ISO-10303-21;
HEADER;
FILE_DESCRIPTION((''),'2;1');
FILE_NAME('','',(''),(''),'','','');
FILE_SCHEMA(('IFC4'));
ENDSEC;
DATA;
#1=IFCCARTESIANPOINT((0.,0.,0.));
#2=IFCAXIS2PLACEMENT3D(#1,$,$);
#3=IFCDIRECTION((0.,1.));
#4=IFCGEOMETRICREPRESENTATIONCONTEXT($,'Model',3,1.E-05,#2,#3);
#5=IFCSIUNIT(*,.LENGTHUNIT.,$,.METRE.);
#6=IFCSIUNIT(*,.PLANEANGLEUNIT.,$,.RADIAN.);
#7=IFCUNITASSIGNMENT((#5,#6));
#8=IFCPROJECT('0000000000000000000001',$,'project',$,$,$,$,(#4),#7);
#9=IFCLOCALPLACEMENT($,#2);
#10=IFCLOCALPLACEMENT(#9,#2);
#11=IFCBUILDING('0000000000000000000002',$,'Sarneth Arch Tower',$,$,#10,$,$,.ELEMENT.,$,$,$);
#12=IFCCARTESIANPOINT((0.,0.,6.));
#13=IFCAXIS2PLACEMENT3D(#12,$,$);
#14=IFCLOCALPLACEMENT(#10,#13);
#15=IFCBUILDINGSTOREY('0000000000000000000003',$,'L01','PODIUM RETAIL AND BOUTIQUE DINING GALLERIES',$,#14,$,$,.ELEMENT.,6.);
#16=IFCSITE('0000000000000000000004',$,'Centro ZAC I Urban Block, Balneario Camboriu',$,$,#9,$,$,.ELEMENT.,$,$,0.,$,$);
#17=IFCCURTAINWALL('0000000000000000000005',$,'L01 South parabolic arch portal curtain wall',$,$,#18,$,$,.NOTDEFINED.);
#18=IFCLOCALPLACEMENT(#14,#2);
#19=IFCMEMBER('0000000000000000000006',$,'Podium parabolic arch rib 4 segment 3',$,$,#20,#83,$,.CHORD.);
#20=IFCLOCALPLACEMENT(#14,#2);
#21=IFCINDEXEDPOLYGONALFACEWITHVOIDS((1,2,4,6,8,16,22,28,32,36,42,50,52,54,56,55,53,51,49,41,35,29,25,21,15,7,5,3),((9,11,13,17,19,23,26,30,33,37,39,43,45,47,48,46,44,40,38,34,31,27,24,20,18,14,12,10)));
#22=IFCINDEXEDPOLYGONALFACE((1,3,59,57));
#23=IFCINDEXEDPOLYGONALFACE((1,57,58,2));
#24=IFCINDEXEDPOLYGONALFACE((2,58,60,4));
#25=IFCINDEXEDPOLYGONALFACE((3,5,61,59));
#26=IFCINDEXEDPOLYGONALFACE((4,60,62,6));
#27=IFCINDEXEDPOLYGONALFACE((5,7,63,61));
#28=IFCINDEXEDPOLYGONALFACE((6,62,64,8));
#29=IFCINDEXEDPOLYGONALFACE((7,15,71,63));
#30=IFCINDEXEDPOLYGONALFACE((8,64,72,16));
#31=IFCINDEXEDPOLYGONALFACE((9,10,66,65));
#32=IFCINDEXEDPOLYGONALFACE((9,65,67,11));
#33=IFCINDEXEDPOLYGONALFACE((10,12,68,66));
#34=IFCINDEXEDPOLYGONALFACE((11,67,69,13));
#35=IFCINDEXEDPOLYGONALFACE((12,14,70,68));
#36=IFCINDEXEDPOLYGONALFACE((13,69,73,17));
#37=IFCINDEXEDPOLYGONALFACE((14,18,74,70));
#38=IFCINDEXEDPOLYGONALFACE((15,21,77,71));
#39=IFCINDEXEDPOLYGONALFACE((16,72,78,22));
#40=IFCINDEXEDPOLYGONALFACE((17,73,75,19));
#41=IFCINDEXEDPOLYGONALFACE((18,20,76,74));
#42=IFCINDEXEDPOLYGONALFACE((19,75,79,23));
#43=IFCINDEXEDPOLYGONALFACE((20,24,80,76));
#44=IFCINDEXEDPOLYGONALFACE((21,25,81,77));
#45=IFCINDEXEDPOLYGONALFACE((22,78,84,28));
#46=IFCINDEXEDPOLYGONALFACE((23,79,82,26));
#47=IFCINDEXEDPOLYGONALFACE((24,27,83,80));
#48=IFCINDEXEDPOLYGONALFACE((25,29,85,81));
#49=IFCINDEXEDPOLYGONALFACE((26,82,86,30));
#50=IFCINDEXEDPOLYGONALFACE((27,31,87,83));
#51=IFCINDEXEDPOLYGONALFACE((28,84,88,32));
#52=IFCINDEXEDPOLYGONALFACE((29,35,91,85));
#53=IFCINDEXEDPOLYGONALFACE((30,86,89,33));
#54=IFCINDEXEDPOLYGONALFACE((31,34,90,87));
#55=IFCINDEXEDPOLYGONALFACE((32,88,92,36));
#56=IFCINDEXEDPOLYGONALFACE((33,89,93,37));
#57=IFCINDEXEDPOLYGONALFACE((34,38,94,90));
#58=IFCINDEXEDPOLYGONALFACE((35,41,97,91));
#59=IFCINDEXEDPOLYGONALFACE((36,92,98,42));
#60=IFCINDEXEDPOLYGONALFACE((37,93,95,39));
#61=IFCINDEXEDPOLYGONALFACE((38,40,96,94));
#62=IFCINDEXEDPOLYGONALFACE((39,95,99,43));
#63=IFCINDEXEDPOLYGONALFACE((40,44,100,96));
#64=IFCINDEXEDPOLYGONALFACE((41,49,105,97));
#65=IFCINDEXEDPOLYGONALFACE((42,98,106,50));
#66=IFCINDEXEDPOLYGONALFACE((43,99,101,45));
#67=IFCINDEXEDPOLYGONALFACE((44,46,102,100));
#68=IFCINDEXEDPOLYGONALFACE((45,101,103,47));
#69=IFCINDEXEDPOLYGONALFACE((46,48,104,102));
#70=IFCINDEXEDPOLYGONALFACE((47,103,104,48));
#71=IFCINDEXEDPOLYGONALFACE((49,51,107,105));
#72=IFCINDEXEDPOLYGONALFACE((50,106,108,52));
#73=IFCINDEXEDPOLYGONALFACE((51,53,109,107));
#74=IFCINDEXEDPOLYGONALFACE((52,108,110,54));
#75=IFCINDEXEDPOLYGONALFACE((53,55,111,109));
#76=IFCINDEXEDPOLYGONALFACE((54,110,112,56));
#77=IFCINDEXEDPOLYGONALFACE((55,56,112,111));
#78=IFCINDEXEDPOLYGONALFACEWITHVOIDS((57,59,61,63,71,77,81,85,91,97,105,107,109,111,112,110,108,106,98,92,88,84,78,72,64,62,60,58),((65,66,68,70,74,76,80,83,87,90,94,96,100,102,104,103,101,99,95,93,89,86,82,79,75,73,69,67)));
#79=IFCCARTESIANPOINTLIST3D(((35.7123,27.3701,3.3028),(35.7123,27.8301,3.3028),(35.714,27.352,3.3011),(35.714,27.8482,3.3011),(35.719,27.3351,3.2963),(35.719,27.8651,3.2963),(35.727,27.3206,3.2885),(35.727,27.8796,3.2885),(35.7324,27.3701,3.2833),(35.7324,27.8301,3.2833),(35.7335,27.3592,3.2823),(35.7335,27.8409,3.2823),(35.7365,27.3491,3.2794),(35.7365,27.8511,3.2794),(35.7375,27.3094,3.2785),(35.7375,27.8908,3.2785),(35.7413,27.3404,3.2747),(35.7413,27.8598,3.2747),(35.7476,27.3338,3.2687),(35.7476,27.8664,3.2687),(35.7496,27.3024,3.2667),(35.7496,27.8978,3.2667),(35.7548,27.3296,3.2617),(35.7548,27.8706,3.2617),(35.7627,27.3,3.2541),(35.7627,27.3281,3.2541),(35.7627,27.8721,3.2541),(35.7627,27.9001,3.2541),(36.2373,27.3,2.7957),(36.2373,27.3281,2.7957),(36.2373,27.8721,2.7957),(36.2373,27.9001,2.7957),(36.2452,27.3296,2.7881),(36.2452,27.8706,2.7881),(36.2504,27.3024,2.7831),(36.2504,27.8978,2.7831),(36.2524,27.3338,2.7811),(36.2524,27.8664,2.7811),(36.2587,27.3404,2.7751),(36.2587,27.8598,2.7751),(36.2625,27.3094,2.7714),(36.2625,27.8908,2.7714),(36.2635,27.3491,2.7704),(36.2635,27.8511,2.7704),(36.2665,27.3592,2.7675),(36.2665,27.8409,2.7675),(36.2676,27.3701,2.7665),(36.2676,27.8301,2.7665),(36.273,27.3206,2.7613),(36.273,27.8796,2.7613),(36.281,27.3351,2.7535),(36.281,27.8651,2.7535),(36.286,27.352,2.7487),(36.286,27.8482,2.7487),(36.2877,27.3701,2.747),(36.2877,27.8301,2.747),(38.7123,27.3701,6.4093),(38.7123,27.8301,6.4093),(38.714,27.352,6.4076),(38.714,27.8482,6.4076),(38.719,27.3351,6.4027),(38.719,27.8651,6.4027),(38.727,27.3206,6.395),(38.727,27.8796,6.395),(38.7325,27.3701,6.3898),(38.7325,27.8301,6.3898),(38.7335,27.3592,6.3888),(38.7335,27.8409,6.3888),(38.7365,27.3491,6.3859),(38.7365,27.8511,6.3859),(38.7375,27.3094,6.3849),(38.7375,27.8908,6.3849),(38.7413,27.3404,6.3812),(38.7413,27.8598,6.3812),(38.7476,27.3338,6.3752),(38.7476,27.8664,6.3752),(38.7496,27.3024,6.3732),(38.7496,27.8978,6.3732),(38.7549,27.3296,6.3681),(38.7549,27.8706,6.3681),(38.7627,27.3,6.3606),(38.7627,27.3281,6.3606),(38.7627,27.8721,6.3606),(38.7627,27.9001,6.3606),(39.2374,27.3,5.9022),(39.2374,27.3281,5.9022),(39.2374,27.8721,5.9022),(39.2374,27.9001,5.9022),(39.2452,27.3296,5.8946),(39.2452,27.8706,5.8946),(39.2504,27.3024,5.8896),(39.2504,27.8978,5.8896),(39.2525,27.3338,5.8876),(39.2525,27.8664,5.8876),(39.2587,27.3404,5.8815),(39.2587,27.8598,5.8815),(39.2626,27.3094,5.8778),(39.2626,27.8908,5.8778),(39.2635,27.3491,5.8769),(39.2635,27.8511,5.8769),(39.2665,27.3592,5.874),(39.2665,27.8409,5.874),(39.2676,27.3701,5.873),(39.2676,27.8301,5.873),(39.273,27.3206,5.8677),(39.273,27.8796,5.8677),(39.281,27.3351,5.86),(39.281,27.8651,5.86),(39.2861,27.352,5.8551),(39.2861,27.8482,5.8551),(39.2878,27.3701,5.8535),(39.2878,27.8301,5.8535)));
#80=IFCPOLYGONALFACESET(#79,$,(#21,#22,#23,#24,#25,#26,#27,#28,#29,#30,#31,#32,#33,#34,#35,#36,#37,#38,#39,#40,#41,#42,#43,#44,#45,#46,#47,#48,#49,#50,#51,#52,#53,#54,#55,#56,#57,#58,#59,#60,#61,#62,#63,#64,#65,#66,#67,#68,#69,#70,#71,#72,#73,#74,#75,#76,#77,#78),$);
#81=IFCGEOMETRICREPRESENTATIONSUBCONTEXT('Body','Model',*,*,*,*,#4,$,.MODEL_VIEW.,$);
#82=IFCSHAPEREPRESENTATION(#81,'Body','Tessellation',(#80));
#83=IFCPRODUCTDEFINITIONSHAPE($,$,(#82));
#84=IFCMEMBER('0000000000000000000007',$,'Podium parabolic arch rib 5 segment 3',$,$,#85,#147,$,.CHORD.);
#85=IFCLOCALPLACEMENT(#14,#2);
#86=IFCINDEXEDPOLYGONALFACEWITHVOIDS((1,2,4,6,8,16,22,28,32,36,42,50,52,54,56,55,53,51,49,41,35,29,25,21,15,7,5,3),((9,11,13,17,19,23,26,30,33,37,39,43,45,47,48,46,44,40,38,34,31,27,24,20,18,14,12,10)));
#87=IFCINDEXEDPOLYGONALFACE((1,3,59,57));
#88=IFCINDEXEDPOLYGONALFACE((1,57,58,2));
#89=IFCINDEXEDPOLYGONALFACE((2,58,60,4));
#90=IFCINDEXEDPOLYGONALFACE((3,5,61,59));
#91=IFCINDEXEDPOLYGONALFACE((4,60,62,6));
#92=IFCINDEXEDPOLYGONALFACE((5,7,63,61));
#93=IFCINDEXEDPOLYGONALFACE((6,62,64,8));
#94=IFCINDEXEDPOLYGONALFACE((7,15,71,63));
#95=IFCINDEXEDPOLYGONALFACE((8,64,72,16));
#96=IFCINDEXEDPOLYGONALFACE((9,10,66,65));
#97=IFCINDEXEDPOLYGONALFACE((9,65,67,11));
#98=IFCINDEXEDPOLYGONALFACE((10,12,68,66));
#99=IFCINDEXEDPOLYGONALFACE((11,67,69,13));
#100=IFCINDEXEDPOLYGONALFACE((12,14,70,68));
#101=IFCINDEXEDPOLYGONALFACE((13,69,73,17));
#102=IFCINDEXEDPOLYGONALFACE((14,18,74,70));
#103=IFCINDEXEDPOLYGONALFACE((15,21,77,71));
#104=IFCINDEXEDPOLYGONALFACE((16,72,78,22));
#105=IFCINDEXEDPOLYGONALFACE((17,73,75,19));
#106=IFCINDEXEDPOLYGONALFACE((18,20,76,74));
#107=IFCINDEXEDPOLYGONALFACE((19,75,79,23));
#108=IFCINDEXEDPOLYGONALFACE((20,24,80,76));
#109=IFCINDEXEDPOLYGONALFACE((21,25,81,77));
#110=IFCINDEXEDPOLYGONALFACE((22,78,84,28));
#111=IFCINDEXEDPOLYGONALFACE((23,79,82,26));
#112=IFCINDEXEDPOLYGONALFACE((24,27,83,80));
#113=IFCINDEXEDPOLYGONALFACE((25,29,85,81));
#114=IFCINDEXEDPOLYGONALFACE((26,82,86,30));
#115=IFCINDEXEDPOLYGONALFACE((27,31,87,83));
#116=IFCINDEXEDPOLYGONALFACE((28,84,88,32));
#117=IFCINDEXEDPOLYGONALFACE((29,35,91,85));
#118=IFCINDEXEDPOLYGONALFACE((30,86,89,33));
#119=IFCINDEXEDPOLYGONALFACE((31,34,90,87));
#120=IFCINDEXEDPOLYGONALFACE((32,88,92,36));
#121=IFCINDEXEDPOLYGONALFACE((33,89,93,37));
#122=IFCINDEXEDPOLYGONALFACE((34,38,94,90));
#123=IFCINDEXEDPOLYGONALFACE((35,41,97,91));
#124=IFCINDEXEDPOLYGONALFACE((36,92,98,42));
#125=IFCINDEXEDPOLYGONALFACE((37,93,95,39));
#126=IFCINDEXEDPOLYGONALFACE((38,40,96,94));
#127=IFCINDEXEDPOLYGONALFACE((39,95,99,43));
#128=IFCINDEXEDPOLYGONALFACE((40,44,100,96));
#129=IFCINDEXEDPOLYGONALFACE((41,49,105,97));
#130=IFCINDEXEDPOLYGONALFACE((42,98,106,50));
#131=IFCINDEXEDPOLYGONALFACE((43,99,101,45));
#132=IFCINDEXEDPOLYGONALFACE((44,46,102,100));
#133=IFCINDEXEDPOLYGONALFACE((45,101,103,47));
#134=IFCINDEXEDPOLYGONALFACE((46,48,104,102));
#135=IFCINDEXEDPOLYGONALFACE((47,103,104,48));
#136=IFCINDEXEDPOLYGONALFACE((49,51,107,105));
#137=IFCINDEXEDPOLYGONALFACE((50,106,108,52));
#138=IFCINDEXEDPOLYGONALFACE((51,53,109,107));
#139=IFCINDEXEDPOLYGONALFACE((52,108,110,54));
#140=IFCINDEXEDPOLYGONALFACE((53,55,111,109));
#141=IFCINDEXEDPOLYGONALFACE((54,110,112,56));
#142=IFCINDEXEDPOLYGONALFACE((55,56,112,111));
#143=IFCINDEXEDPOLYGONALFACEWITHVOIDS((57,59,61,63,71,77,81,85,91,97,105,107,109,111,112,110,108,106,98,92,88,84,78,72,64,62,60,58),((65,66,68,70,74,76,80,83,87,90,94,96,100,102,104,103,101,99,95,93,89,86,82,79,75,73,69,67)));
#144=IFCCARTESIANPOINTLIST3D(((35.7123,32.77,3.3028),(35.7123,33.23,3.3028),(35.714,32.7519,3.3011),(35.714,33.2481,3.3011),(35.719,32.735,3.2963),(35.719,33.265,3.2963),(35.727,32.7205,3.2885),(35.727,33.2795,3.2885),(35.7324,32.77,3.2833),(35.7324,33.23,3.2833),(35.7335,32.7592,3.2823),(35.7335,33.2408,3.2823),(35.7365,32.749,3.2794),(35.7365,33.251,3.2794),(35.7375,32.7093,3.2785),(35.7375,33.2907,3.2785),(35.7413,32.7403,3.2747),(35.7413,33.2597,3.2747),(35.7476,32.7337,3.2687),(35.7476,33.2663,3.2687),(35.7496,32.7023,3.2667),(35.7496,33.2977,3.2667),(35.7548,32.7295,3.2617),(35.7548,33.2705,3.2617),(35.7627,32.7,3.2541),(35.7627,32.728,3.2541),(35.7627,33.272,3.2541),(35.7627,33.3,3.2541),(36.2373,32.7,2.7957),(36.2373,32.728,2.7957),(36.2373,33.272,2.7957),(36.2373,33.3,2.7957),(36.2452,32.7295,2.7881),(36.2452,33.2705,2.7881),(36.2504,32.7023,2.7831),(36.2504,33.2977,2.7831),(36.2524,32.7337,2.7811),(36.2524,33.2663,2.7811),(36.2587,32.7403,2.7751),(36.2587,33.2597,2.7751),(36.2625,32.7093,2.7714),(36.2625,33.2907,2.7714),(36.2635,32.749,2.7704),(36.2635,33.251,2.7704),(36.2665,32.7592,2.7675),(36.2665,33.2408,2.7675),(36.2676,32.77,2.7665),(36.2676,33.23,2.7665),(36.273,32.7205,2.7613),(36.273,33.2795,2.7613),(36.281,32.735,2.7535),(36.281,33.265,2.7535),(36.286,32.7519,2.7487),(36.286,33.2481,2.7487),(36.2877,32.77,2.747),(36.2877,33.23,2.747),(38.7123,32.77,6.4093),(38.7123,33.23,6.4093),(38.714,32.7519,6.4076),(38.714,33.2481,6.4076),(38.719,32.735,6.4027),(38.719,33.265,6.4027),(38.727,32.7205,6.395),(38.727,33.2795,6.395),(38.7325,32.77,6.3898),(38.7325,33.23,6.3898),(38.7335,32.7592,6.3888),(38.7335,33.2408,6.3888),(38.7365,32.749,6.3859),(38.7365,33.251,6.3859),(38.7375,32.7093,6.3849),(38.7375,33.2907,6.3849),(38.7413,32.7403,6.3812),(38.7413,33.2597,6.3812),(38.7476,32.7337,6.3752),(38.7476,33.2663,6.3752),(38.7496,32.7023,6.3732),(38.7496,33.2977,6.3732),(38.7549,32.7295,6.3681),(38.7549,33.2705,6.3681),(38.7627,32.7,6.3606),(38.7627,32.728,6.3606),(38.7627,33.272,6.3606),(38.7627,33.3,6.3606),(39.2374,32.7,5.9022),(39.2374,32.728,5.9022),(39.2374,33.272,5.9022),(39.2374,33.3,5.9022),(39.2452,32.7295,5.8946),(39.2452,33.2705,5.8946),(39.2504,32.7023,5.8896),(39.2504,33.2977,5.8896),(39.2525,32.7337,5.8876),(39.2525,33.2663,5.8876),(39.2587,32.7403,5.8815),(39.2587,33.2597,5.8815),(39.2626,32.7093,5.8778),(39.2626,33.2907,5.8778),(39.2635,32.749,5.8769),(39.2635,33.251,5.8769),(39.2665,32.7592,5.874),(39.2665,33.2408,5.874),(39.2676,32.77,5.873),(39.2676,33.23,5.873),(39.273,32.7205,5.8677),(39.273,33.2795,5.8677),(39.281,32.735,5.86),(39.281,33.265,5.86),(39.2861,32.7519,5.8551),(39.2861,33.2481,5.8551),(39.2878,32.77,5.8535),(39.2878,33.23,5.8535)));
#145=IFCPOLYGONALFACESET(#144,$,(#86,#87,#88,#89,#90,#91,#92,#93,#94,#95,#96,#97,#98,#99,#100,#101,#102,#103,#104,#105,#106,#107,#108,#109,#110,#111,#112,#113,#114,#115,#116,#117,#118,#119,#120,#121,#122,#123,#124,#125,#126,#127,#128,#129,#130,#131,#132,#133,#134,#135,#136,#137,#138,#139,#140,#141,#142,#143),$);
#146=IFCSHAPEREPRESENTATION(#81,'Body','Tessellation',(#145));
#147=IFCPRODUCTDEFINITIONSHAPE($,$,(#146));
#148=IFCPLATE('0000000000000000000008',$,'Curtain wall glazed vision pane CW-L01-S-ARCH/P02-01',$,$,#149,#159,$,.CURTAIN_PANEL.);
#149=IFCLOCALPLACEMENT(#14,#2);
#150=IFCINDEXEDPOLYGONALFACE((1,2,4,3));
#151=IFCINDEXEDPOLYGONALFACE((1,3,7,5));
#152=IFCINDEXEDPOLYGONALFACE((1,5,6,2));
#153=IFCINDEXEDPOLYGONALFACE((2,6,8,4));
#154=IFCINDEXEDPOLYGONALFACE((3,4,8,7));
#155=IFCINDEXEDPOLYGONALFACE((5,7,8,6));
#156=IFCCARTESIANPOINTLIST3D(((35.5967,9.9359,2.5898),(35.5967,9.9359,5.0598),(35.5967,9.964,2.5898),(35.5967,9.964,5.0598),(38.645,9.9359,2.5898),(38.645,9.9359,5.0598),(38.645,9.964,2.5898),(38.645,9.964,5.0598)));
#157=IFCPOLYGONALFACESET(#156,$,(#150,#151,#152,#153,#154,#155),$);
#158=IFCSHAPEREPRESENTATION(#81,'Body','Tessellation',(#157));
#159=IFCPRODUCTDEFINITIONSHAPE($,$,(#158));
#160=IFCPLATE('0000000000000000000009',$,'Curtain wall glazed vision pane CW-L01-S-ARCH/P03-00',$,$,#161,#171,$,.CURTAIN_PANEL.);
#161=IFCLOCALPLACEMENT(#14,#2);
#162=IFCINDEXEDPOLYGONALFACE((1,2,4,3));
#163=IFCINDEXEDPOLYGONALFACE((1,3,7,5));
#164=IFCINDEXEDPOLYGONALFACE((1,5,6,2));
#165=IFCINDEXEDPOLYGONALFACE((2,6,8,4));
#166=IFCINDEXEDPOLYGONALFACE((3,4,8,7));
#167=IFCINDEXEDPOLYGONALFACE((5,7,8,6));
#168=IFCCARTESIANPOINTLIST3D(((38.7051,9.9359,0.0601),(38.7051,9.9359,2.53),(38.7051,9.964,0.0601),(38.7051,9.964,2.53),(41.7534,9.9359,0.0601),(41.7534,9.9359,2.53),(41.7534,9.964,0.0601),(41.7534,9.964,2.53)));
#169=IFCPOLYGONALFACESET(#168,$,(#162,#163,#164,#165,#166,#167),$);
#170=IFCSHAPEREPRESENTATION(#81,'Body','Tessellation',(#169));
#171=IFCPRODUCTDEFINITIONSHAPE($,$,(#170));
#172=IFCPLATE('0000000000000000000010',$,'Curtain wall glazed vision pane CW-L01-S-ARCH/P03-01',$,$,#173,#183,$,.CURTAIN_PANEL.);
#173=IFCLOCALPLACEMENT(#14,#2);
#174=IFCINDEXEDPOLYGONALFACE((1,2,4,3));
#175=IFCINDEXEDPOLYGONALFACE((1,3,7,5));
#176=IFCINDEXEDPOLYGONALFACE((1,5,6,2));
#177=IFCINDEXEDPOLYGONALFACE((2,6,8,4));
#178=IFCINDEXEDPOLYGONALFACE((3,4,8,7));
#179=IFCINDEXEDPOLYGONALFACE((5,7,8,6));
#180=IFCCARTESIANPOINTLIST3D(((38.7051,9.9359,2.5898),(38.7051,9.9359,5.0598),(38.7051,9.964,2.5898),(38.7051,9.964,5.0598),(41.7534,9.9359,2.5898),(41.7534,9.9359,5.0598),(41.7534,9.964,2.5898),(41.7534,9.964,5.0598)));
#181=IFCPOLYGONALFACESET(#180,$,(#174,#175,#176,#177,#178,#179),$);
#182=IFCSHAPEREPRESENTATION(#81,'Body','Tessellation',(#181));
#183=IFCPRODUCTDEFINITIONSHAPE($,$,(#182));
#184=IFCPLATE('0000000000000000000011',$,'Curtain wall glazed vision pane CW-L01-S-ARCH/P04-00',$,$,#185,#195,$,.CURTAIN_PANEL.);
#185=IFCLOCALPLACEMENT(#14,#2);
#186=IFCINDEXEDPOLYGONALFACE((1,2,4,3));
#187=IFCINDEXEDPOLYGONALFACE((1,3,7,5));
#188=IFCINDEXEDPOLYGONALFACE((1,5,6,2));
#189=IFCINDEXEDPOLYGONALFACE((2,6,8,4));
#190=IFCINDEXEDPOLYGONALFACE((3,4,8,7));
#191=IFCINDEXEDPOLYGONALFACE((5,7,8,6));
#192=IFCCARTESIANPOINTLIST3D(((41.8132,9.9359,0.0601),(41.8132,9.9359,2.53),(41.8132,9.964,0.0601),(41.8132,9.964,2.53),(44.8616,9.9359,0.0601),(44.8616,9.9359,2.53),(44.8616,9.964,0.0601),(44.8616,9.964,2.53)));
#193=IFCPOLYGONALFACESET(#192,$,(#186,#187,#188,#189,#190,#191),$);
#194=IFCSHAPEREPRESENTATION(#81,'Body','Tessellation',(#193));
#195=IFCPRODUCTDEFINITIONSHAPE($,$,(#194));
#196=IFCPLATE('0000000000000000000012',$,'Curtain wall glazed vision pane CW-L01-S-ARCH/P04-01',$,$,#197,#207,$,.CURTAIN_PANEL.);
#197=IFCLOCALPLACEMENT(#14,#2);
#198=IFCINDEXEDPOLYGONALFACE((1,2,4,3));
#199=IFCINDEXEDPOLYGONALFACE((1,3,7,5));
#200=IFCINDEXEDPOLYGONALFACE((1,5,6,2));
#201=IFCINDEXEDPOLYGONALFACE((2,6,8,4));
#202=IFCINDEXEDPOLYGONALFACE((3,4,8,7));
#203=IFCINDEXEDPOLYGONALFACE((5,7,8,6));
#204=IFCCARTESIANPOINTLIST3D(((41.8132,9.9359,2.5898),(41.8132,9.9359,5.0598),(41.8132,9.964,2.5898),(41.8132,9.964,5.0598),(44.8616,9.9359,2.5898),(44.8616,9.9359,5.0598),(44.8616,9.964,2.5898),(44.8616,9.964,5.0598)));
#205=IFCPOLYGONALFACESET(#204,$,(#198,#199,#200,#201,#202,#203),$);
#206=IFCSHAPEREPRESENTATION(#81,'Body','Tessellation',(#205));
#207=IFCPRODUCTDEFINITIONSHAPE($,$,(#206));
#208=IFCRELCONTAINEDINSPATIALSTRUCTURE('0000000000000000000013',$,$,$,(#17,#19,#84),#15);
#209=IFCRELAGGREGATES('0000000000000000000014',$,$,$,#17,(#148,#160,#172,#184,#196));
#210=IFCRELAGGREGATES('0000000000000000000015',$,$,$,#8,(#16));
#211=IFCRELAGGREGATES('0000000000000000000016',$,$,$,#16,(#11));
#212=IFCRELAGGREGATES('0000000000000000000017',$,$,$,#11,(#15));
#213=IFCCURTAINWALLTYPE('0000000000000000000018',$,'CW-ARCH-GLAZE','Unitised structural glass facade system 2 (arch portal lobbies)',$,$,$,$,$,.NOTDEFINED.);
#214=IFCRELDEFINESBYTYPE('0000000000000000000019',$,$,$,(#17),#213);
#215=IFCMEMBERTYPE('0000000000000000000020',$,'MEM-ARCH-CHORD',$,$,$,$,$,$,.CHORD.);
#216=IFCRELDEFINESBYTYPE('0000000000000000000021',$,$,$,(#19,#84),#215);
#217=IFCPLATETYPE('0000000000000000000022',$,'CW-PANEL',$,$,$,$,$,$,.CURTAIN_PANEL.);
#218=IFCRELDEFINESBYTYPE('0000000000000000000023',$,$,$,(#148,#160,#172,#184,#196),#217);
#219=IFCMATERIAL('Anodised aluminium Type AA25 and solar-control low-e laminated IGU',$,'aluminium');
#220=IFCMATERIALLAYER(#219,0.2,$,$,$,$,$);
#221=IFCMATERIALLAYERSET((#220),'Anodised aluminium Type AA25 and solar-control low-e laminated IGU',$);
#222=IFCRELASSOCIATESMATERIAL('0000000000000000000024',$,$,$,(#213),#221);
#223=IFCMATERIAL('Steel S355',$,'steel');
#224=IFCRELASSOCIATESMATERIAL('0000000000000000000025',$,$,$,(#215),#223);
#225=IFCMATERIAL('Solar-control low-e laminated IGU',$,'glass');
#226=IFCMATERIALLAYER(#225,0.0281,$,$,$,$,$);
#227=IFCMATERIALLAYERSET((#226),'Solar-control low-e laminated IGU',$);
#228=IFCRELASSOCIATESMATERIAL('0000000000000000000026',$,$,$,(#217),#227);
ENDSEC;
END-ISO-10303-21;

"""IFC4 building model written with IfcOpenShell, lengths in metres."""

from ifc_helpers import new_model, si_unit, direction, frame, origin, origin_2d, place, context, subcontext, project, spatial, rectangle, hollow_rectangle, extrude, material, layer, layer_set, material_profile, profile_set, type_object, element, aggregate, save


model = new_model("IFC4")

# Units and contexts
model_context = context("Model", 3, precision=1e-05, world=origin(), true_north=direction((0.0, 1.0)))
body_context = subcontext(model_context, "Body", "Model", "MODEL_VIEW")
ifc_project = project(units=[si_unit("LENGTHUNIT", "METRE"), si_unit("PLANEANGLEUNIT", "RADIAN")], contexts=[model_context])

# Site, building, storey
site_placement = place(None, origin())
site = spatial("IfcSite", under=ifc_project, at=site_placement, Name="Centro ZAC I Urban Block, Balneario Camboriu", CompositionType="ELEMENT", RefElevation=0.0)
building_placement = place(site_placement, origin())
building = spatial("IfcBuilding", under=site, at=building_placement, Name="Sarneth Arch Tower", CompositionType="ELEMENT")
storey_placement = place(building_placement, frame((0.0, 0.0, 6.0)))
storey = spatial("IfcBuildingStorey", under=building, at=storey_placement, Name="L01", Description="PODIUM RETAIL AND BOUTIQUE DINING GALLERIES", CompositionType="ELEMENT", Elevation=6.0)

# Curtain wall
ifc_material_1 = material(Name="Anodised aluminium Type AA25 and solar-control low-e laminated IGU", Category="aluminium")
ifc_layer_1 = layer(ifc_material_1, 0.2)
ifc_layer_set_1 = layer_set([ifc_layer_1], Name="Anodised aluminium Type AA25 and solar-control low-e laminated IGU")
curtain_wall_type = type_object("IfcCurtainWallType", Name="CW-ARCH-GLAZE", Description="Unitised structural glass facade system 2 (arch portal lobbies)", PredefinedType="NOTDEFINED", material=ifc_layer_set_1)
curtain_wall_placement = place(storey_placement, origin())
curtain_wall = element("IfcCurtainWall", 1, at=curtain_wall_placement, inside=storey, type_object=curtain_wall_type, Name="L01 South parabolic arch portal curtain wall", PredefinedType="NOTDEFINED")

# Members
ifc_material_2 = material(Name="Steel S355", Category="steel")
ifc_material_profile_1 = material_profile(ifc_material_2, hollow_rectangle(XDim=0.6001, YDim=0.8, WallThickness=0.0281, InnerFilletRadius=0.042, OuterFilletRadius=0.0701, at=origin_2d()), Name="RHS800x600x28")
ifc_profile_set_1 = profile_set([ifc_material_profile_1], Name="Steel S355")
member_type_1 = type_object("IfcMemberType", Name="MEM-ARCH-CHORD", PredefinedType="CHORD", material=ifc_profile_set_1)
for number, where, z_axis, x_axis, name in (
    (2, (36.0, 27.6001, 3.0249), (0.694675, 0.0, 0.719324), (0.0, 1.0, 0.0), "Podium parabolic arch rib 4 segment 3"),
    (3, (36.0, 33.0, 3.0249), (0.694675, 0.0, 0.719324), (0.0, 1.0, 0.0), "Podium parabolic arch rib 5 segment 3"),
):
    element("IfcMember", number, at=place(storey_placement, frame(where, z_axis=z_axis, x_axis=x_axis)), inside=storey, type_object=member_type_1, Name=name, PredefinedType="CHORD", context=body_context, shape_type="SweptSolid", body=[
        extrude(hollow_rectangle(XDim=0.6001, YDim=0.8, WallThickness=0.0281, InnerFilletRadius=0.042, OuterFilletRadius=0.0701, at=origin_2d()), origin(), (0.0, 0.0, 1.0), 4.3186),
    ])

# Plates
ifc_material_3 = material(Name="Solar-control low-e laminated IGU", Category="glass")
ifc_layer_2 = layer(ifc_material_3, 0.0281)
ifc_layer_set_2 = layer_set([ifc_layer_2], Name="Solar-control low-e laminated IGU")
plate_type_1 = type_object("IfcPlateType", Name="CW-PANEL", PredefinedType="CURTAIN_PANEL", material=ifc_layer_set_2)
plate_1_placement = place(storey_placement, frame((37.1208, 9.95, 2.5898), z_axis=(0.0, 0.0, 1.0), x_axis=(1.0, 0.0, 0.0)))
plate_1 = element("IfcPlate", 4, at=plate_1_placement, type_object=plate_type_1, Name="Curtain wall glazed vision pane CW-L01-S-ARCH/P02-01", PredefinedType="CURTAIN_PANEL", context=body_context, shape_type="SweptSolid", body=[
    extrude(rectangle(XDim=3.0483, YDim=0.0281, at=origin_2d()), origin(), (0.0, 0.0, 1.0), 2.47),
])
plate_2_placement = place(storey_placement, frame((40.2292, 9.95, 0.0601), z_axis=(0.0, 0.0, 1.0), x_axis=(1.0, 0.0, 0.0)))
plate_2 = element("IfcPlate", 5, at=plate_2_placement, type_object=plate_type_1, Name="Curtain wall glazed vision pane CW-L01-S-ARCH/P03-00", PredefinedType="CURTAIN_PANEL", context=body_context, shape_type="SweptSolid", body=[
    extrude(rectangle(XDim=3.0483, YDim=0.0281, at=origin_2d()), origin(), (0.0, 0.0, 1.0), 2.47),
])
plate_3_placement = place(storey_placement, frame((40.2292, 9.95, 2.5898), z_axis=(0.0, 0.0, 1.0), x_axis=(1.0, 0.0, 0.0)))
plate_3 = element("IfcPlate", 6, at=plate_3_placement, type_object=plate_type_1, Name="Curtain wall glazed vision pane CW-L01-S-ARCH/P03-01", PredefinedType="CURTAIN_PANEL", context=body_context, shape_type="SweptSolid", body=[
    extrude(rectangle(XDim=3.0483, YDim=0.0281, at=origin_2d()), origin(), (0.0, 0.0, 1.0), 2.47),
])
plate_4_placement = place(storey_placement, frame((43.3374, 9.95, 0.0601), z_axis=(0.0, 0.0, 1.0), x_axis=(1.0, 0.0, 0.0)))
plate_4 = element("IfcPlate", 7, at=plate_4_placement, type_object=plate_type_1, Name="Curtain wall glazed vision pane CW-L01-S-ARCH/P04-00", PredefinedType="CURTAIN_PANEL", context=body_context, shape_type="SweptSolid", body=[
    extrude(rectangle(XDim=3.0483, YDim=0.0281, at=origin_2d()), origin(), (0.0, 0.0, 1.0), 2.47),
])
plate_5_placement = place(storey_placement, frame((43.3374, 9.95, 2.5898), z_axis=(0.0, 0.0, 1.0), x_axis=(1.0, 0.0, 0.0)))
plate_5 = element("IfcPlate", 8, at=plate_5_placement, type_object=plate_type_1, Name="Curtain wall glazed vision pane CW-L01-S-ARCH/P04-01", PredefinedType="CURTAIN_PANEL", context=body_context, shape_type="SweptSolid", body=[
    extrude(rectangle(XDim=3.0483, YDim=0.0281, at=origin_2d()), origin(), (0.0, 0.0, 1.0), 2.47),
])
aggregate(curtain_wall, [plate_1, plate_2, plate_3, plate_4, plate_5])

save(model, "model.ifc")
